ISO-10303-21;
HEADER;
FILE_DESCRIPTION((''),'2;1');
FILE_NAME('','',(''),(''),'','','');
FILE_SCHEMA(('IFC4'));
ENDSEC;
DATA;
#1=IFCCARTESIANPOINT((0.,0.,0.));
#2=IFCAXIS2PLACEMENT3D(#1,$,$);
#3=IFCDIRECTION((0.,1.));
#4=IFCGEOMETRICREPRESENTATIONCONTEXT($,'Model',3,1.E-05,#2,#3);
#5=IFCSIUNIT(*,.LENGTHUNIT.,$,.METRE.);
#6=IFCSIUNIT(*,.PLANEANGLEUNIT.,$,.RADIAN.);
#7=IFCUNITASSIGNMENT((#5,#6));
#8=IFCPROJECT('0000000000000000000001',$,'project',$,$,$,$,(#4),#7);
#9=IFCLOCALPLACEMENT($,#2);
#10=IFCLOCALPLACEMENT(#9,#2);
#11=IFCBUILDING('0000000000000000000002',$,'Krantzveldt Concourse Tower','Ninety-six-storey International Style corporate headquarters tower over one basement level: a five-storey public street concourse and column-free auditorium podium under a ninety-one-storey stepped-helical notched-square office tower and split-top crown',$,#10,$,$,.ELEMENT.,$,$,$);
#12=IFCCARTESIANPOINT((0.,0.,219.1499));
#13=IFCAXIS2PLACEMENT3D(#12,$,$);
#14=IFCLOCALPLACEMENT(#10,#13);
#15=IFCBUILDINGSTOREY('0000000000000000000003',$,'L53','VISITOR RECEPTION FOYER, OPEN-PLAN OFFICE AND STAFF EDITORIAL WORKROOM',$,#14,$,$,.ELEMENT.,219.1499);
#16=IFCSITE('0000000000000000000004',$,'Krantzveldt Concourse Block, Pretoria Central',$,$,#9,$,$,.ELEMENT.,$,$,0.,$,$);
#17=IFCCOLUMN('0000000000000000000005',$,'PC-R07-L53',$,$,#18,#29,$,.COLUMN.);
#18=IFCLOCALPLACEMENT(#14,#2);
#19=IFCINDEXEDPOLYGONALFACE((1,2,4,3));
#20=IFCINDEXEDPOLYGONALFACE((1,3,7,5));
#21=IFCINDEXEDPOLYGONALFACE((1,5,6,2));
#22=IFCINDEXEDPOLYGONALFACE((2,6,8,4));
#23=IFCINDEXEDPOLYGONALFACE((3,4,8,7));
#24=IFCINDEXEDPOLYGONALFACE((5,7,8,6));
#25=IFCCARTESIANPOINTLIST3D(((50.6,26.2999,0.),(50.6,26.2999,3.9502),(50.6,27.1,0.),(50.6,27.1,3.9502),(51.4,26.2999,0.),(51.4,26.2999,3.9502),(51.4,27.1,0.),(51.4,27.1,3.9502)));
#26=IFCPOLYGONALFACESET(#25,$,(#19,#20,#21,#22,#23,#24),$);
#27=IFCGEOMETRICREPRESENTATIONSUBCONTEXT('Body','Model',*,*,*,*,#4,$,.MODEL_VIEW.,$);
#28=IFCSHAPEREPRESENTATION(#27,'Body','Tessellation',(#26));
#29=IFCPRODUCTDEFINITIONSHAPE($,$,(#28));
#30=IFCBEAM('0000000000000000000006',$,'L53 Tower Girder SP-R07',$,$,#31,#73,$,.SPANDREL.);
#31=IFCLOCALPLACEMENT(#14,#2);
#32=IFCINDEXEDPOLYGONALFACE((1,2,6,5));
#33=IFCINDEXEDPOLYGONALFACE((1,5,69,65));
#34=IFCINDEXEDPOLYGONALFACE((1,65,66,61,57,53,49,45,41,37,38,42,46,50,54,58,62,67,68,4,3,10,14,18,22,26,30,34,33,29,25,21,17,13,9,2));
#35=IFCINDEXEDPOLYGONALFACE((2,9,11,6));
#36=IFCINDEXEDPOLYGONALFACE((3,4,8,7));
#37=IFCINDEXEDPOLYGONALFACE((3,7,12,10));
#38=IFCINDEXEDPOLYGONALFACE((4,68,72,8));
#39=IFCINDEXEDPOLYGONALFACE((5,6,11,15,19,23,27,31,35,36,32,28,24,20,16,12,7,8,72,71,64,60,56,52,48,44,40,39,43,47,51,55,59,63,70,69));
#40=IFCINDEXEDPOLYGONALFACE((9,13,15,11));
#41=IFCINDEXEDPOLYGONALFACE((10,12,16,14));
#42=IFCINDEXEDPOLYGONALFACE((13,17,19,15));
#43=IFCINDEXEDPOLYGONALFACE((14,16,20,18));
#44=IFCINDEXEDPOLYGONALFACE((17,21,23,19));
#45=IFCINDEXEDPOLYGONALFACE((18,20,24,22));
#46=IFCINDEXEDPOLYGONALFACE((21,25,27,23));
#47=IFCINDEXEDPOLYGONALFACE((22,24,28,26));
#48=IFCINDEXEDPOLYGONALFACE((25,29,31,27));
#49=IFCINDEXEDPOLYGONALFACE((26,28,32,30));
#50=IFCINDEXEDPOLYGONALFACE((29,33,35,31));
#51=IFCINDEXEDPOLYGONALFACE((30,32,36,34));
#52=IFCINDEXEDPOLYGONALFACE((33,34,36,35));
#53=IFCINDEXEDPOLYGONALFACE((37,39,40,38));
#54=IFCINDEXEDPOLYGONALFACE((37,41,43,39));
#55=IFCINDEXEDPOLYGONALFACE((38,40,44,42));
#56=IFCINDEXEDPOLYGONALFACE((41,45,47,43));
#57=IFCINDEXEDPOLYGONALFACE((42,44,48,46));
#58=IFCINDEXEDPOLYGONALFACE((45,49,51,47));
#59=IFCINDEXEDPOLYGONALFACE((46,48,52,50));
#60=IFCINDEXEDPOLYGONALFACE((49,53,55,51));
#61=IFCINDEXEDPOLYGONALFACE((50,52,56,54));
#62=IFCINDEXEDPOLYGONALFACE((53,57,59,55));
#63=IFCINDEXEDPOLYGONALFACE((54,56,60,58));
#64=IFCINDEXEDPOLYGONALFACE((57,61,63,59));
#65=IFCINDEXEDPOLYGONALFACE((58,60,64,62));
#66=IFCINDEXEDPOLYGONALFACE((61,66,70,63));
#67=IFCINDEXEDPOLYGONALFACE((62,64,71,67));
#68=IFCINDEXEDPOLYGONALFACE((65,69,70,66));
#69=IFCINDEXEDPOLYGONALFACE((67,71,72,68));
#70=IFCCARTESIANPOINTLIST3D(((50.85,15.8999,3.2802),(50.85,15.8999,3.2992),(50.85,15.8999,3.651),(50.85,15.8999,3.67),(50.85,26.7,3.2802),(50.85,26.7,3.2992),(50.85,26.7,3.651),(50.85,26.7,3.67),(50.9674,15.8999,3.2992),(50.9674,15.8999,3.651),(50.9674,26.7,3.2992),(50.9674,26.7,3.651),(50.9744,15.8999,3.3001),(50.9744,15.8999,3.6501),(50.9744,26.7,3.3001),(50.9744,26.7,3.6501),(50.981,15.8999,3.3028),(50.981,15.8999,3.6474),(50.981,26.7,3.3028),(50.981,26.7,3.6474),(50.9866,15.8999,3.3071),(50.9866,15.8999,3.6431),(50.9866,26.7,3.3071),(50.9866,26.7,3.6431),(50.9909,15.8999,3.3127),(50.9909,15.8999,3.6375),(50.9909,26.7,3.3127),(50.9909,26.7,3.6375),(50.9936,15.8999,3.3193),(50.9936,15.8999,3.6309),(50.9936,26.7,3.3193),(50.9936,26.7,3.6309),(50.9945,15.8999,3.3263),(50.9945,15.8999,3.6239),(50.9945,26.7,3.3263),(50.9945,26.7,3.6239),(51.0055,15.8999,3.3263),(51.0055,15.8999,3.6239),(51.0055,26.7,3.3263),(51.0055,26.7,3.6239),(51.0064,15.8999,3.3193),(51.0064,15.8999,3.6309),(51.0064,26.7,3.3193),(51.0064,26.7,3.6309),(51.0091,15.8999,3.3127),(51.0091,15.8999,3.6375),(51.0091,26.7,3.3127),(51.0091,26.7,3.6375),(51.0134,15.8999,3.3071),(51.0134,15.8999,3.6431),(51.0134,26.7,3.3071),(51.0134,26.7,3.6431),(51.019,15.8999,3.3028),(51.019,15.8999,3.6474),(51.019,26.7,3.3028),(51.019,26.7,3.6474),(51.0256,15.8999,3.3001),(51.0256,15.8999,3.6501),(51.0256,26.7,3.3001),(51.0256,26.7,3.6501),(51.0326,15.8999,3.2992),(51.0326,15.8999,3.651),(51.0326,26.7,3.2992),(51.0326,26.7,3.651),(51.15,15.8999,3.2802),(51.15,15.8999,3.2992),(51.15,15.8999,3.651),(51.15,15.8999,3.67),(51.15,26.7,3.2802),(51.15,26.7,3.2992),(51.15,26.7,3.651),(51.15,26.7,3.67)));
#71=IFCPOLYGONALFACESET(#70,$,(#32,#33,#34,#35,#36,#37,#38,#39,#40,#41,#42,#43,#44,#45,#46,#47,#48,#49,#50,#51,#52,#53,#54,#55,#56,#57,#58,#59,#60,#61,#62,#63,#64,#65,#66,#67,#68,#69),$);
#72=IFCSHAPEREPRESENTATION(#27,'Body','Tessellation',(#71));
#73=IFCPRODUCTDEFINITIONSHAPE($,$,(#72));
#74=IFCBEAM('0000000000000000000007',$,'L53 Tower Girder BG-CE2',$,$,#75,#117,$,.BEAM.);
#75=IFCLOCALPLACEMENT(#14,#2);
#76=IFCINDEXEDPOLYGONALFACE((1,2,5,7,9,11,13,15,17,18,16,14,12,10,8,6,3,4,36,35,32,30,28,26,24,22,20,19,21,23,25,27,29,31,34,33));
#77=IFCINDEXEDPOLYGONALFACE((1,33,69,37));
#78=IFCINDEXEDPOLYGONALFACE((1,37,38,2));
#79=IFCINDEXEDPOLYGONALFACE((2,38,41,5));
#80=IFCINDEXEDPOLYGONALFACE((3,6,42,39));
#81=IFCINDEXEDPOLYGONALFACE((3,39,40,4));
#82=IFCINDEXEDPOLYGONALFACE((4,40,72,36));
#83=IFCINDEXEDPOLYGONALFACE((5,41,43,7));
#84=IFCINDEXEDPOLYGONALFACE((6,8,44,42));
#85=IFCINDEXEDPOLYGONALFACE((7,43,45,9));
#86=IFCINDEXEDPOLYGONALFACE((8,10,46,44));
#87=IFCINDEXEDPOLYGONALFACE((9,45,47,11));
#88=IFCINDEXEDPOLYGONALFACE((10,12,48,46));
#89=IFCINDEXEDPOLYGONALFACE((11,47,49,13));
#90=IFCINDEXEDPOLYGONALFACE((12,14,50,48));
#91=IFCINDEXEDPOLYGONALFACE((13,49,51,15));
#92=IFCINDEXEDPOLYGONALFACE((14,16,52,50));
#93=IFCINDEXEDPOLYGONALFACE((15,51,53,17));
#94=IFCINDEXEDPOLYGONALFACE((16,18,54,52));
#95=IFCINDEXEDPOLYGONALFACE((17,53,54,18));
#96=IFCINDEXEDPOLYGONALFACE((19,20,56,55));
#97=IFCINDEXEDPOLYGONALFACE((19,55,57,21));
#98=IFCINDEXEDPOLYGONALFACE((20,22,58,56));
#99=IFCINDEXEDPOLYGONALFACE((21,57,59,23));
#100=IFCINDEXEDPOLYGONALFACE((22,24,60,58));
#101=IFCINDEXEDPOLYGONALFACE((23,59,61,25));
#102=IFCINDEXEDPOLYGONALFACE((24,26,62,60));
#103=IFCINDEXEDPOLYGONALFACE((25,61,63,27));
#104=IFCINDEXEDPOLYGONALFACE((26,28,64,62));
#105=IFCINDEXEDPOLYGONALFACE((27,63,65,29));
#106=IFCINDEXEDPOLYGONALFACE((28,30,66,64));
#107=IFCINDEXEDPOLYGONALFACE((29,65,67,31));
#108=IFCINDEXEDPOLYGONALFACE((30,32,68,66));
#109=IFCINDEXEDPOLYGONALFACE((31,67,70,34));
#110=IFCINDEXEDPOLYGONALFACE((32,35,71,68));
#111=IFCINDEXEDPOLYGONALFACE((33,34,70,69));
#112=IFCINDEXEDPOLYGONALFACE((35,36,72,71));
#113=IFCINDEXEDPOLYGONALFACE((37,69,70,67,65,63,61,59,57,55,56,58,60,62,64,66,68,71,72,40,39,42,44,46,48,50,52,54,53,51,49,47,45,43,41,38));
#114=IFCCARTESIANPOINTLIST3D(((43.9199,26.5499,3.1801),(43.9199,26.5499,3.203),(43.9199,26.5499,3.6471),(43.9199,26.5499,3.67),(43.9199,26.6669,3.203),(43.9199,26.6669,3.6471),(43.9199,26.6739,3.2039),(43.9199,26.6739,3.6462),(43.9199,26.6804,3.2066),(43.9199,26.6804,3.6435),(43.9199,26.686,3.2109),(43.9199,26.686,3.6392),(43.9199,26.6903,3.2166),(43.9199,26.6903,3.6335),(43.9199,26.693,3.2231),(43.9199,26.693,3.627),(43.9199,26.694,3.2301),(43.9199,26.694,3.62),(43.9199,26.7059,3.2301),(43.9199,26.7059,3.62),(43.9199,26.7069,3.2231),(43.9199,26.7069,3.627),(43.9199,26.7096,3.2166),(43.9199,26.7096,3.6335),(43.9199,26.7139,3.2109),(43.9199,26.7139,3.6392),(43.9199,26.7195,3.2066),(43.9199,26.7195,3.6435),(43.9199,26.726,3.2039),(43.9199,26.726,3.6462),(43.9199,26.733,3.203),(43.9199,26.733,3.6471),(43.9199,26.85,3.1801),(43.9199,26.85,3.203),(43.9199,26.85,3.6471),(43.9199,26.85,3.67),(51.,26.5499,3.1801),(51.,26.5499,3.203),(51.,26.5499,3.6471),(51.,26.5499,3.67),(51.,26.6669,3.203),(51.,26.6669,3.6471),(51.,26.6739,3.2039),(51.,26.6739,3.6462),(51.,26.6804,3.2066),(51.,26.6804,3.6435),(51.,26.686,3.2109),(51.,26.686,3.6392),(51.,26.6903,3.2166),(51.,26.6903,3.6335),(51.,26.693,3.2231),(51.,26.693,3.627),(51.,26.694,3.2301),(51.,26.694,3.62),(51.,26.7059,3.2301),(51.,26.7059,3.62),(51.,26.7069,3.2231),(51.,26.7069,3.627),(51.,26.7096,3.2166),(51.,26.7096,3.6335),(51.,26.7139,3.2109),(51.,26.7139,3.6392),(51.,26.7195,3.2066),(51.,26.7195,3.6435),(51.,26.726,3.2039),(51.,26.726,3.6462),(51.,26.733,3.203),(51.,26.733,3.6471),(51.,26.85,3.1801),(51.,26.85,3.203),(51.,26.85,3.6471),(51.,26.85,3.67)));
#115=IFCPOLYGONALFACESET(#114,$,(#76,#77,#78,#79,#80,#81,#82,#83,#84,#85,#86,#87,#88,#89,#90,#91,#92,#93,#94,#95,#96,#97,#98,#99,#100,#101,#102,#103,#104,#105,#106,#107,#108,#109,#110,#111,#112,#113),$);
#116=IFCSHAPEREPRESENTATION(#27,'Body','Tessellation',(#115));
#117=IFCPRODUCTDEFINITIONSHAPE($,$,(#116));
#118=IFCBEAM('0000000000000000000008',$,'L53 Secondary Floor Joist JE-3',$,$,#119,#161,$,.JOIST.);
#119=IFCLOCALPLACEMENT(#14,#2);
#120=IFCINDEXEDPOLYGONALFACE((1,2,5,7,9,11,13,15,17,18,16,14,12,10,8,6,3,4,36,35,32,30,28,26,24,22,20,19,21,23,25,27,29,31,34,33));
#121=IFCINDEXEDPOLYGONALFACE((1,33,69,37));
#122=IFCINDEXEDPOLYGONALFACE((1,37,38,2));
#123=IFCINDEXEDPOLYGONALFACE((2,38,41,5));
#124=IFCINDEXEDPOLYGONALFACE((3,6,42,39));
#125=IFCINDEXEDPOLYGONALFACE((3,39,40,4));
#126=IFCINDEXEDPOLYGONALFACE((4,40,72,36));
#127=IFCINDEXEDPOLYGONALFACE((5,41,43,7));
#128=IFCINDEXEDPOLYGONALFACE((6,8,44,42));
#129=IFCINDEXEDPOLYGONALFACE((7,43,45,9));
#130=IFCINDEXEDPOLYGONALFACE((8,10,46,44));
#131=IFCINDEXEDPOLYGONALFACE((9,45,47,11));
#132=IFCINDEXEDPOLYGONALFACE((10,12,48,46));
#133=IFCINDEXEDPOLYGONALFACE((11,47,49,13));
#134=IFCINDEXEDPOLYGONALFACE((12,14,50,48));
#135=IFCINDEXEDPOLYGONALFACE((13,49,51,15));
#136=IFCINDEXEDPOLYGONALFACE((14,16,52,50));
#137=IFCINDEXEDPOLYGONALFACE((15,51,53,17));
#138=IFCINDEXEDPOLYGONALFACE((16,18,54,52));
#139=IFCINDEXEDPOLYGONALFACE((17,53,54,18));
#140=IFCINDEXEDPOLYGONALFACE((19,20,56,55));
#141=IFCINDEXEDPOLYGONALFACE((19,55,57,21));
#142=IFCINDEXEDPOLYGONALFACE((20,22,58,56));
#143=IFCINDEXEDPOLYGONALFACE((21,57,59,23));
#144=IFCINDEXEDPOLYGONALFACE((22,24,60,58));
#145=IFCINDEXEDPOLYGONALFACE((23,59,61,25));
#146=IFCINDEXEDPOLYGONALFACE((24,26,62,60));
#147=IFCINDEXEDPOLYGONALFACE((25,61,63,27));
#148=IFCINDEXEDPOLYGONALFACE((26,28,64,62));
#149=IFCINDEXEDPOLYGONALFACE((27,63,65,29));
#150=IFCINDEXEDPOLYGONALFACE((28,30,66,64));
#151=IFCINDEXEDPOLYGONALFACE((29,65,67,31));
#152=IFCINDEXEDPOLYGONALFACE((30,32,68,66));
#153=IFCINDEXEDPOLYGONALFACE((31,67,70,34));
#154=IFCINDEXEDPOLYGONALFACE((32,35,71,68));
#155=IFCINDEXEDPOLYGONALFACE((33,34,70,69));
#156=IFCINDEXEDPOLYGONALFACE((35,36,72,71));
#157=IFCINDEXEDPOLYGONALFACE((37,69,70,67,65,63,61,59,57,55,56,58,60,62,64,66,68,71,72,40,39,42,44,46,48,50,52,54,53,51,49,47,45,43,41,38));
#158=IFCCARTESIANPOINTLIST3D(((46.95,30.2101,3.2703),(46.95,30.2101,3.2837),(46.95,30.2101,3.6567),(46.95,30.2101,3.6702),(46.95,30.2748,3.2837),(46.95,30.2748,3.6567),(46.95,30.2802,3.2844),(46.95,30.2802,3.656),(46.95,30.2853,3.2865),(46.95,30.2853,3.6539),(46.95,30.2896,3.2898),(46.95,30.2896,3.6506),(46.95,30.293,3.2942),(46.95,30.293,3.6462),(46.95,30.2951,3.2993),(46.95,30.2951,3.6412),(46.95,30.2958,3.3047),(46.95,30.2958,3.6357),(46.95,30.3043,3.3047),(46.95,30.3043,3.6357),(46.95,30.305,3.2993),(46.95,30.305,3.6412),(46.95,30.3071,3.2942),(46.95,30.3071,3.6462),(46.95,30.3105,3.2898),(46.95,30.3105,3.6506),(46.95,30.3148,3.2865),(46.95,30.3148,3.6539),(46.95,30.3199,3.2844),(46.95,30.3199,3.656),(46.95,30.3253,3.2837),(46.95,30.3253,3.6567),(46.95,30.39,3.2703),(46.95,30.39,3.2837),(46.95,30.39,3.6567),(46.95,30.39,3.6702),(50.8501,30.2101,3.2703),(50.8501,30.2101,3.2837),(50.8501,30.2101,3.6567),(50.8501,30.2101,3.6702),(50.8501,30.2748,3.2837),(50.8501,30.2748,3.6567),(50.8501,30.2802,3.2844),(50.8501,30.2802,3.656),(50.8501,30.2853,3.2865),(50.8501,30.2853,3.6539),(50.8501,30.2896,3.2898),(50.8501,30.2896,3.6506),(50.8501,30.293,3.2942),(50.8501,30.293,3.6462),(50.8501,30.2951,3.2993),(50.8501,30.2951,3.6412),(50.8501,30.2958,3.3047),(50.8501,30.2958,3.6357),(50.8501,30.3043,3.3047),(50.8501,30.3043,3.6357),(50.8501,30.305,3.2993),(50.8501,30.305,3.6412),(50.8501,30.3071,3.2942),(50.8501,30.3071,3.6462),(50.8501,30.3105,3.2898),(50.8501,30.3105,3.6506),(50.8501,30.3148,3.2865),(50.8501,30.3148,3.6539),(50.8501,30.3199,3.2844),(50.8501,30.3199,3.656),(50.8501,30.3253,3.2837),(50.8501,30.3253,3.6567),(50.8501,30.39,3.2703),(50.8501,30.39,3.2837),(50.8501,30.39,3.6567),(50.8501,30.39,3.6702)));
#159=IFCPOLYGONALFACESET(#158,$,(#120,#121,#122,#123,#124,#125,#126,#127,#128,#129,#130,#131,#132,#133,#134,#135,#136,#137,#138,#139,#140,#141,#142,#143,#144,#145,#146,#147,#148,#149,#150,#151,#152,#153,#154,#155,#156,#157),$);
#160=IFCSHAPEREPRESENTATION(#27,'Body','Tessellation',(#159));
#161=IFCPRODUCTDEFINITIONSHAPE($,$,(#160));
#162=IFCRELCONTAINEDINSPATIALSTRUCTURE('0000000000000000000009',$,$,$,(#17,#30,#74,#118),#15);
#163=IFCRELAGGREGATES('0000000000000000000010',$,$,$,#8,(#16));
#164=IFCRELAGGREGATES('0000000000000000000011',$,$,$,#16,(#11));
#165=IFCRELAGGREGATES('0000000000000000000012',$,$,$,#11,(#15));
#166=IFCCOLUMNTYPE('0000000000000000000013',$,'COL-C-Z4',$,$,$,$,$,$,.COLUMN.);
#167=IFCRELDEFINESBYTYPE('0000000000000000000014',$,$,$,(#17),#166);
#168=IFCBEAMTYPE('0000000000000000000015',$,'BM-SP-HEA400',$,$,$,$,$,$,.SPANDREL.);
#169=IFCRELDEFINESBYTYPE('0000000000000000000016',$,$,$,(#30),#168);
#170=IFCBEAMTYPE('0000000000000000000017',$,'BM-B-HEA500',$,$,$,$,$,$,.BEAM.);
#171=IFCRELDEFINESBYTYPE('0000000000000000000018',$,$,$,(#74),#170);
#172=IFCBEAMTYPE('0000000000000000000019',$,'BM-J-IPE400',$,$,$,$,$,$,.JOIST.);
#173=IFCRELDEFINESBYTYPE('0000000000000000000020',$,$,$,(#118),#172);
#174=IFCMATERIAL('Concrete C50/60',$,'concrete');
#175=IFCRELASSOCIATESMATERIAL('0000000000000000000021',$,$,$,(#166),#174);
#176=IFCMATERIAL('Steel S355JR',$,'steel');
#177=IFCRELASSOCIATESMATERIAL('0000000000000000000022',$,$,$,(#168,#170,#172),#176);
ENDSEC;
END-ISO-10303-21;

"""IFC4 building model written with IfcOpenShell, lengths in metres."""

from ifc_helpers import new_model, si_unit, direction, frame, origin, origin_2d, place, context, subcontext, project, spatial, rectangle, i_section, extrude, source, transform, mapped, material, material_profile, profile_set, type_object, type_shapes, element, save


model = new_model("IFC4")

# Units and contexts
model_context = context("Model", 3, precision=1e-05, world=origin(), true_north=direction((0.0, 1.0)))
body_context = subcontext(model_context, "Body", "Model", "MODEL_VIEW")
ifc_project = project(units=[si_unit("LENGTHUNIT", "METRE"), si_unit("PLANEANGLEUNIT", "RADIAN")], contexts=[model_context])

# Site, building, storey
site_placement = place(None, origin())
site = spatial("IfcSite", under=ifc_project, at=site_placement, Name="Krantzveldt Concourse Block, Pretoria Central", CompositionType="ELEMENT", RefElevation=0.0)
building_placement = place(site_placement, origin())
building = spatial("IfcBuilding", under=site, at=building_placement, Name="Krantzveldt Concourse Tower", Description="Ninety-six-storey International Style corporate headquarters tower over one basement level: a five-storey public street concourse and column-free auditorium podium under a ninety-one-storey stepped-helical notched-square office tower and split-top crown", CompositionType="ELEMENT")
storey_placement = place(building_placement, frame((0.0, 0.0, 219.1499)))
storey = spatial("IfcBuildingStorey", under=building, at=storey_placement, Name="L53", Description="VISITOR RECEPTION FOYER, OPEN-PLAN OFFICE AND STAFF EDITORIAL WORKROOM", CompositionType="ELEMENT", Elevation=219.1499)

# Column
ifc_material_1 = material(Name="Concrete C50/60", Category="concrete")
ifc_material_profile_1 = material_profile(ifc_material_1, rectangle(XDim=0.8, YDim=0.8, at=origin_2d()), Name="Concrete C50/60", Category="concrete")
ifc_profile_set_1 = profile_set([ifc_material_profile_1], Name="Concrete C50/60 - RC 800x800")
column_type = type_object("IfcColumnType", Name="COL-C-Z4", PredefinedType="COLUMN", material=ifc_profile_set_1)
shared_shape_1 = source(origin(), body_context, "Body", "SweptSolid", [
    extrude(rectangle(XDim=0.8, YDim=0.8, at=origin_2d()), origin(), (0.0, 0.0, 1.0), 3.9502),
])
type_shapes(column_type, [shared_shape_1])
column_placement = place(storey_placement, frame((51.0, 26.7, 0.0), z_axis=(0.0, 0.0, 1.0), x_axis=(1.0, 0.0, 0.0)))
element("IfcColumn", 1, at=column_placement, inside=storey, type_object=column_type, Name="PC-R07-L53", PredefinedType="COLUMN", context=body_context, shape_type="MappedRepresentation", body=[
    mapped(shared_shape_1, transform((0.0, 0.0, 0.0), x_axis=(1.0, 0.0, 0.0), y_axis=(0.0, 1.0, 0.0), z_axis=(0.0, 0.0, 1.0), scale=1.0)),
])

# Beams
ifc_material_2 = material(Name="Steel S355JR", Category="steel")
ifc_material_profile_2 = material_profile(ifc_material_2, i_section(OverallWidth=0.3, OverallDepth=0.3899, WebThickness=0.011, FlangeThickness=0.019, FilletRadius=0.0271, at=origin_2d()), Name="Steel S355JR", Category="steel")
ifc_profile_set_2 = profile_set([ifc_material_profile_2], Name="Steel S355JR - HEA 400")
beam_type_1 = type_object("IfcBeamType", Name="BM-SP-HEA400", PredefinedType="SPANDREL", material=ifc_profile_set_2)
shared_shape_2 = source(origin(), body_context, "Body", "SweptSolid", [
    extrude(i_section(OverallWidth=0.3, OverallDepth=0.3899, WebThickness=0.011, FlangeThickness=0.019, FilletRadius=0.0271, at=origin_2d()), origin(), (0.0, 0.0, 1.0), 10.8),
])
type_shapes(beam_type_1, [shared_shape_2])
beam_1_placement = place(storey_placement, frame((51.0, 26.7, 3.4751), z_axis=(0.0, -1.0, 0.0), x_axis=(1.0, 0.0, 0.0)))
element("IfcBeam", 2, at=beam_1_placement, inside=storey, type_object=beam_type_1, Name="L53 Tower Girder SP-R07", PredefinedType="SPANDREL", context=body_context, shape_type="MappedRepresentation", body=[
    mapped(shared_shape_2, transform((0.0, 0.0, 0.0), x_axis=(1.0, 0.0, 0.0), y_axis=(0.0, 1.0, 0.0), z_axis=(0.0, 0.0, 1.0), scale=1.0)),
])
ifc_material_profile_3 = material_profile(ifc_material_2, i_section(OverallWidth=0.3, OverallDepth=0.49, WebThickness=0.012, FlangeThickness=0.0229, FilletRadius=0.0271, at=origin_2d()), Name="Steel S355JR", Category="steel")
ifc_profile_set_3 = profile_set([ifc_material_profile_3], Name="Steel S355JR - HEA 500")
beam_type_2 = type_object("IfcBeamType", Name="BM-B-HEA500", PredefinedType="BEAM", material=ifc_profile_set_3)
shared_shape_3 = source(origin(), body_context, "Body", "SweptSolid", [
    extrude(i_section(OverallWidth=0.3, OverallDepth=0.49, WebThickness=0.012, FlangeThickness=0.0229, FilletRadius=0.0271, at=origin_2d()), origin(), (0.0, 0.0, 1.0), 7.0801),
])
type_shapes(beam_type_2, [shared_shape_3])
beam_2_placement = place(storey_placement, frame((43.9199, 26.7, 3.425), z_axis=(1.0, 0.0, 0.0), x_axis=(0.0, 1.0, 0.0)))
element("IfcBeam", 3, at=beam_2_placement, inside=storey, type_object=beam_type_2, Name="L53 Tower Girder BG-CE2", PredefinedType="BEAM", context=body_context, shape_type="MappedRepresentation", body=[
    mapped(shared_shape_3, transform((0.0, 0.0, 0.0), x_axis=(1.0, 0.0, 0.0), y_axis=(0.0, 1.0, 0.0), z_axis=(0.0, 0.0, 1.0), scale=1.0)),
])
ifc_material_profile_4 = material_profile(ifc_material_2, i_section(OverallWidth=0.1799, OverallDepth=0.3999, WebThickness=0.0085, FlangeThickness=0.0134, FilletRadius=0.021, at=origin_2d()), Name="Steel S355JR", Category="steel")
ifc_profile_set_4 = profile_set([ifc_material_profile_4], Name="Steel S355JR - IPE 400")
beam_type_3 = type_object("IfcBeamType", Name="BM-J-IPE400", PredefinedType="JOIST", material=ifc_profile_set_4)
shared_shape_4 = source(origin(), body_context, "Body", "SweptSolid", [
    extrude(i_section(OverallWidth=0.1799, OverallDepth=0.3999, WebThickness=0.0085, FlangeThickness=0.0134, FilletRadius=0.021, at=origin_2d()), origin(), (0.0, 0.0, 1.0), 3.9001),
])
type_shapes(beam_type_3, [shared_shape_4])
beam_3_placement = place(storey_placement, frame((46.95, 30.3, 3.4702), z_axis=(1.0, 0.0, 0.0), x_axis=(0.0, 1.0, 0.0)))
element("IfcBeam", 4, at=beam_3_placement, inside=storey, type_object=beam_type_3, Name="L53 Secondary Floor Joist JE-3", PredefinedType="JOIST", context=body_context, shape_type="MappedRepresentation", body=[
    mapped(shared_shape_4, transform((0.0, 0.0, 0.0), x_axis=(1.0, 0.0, 0.0), y_axis=(0.0, 1.0, 0.0), z_axis=(0.0, 0.0, 1.0), scale=1.0)),
])

save(model, "model.ifc")
